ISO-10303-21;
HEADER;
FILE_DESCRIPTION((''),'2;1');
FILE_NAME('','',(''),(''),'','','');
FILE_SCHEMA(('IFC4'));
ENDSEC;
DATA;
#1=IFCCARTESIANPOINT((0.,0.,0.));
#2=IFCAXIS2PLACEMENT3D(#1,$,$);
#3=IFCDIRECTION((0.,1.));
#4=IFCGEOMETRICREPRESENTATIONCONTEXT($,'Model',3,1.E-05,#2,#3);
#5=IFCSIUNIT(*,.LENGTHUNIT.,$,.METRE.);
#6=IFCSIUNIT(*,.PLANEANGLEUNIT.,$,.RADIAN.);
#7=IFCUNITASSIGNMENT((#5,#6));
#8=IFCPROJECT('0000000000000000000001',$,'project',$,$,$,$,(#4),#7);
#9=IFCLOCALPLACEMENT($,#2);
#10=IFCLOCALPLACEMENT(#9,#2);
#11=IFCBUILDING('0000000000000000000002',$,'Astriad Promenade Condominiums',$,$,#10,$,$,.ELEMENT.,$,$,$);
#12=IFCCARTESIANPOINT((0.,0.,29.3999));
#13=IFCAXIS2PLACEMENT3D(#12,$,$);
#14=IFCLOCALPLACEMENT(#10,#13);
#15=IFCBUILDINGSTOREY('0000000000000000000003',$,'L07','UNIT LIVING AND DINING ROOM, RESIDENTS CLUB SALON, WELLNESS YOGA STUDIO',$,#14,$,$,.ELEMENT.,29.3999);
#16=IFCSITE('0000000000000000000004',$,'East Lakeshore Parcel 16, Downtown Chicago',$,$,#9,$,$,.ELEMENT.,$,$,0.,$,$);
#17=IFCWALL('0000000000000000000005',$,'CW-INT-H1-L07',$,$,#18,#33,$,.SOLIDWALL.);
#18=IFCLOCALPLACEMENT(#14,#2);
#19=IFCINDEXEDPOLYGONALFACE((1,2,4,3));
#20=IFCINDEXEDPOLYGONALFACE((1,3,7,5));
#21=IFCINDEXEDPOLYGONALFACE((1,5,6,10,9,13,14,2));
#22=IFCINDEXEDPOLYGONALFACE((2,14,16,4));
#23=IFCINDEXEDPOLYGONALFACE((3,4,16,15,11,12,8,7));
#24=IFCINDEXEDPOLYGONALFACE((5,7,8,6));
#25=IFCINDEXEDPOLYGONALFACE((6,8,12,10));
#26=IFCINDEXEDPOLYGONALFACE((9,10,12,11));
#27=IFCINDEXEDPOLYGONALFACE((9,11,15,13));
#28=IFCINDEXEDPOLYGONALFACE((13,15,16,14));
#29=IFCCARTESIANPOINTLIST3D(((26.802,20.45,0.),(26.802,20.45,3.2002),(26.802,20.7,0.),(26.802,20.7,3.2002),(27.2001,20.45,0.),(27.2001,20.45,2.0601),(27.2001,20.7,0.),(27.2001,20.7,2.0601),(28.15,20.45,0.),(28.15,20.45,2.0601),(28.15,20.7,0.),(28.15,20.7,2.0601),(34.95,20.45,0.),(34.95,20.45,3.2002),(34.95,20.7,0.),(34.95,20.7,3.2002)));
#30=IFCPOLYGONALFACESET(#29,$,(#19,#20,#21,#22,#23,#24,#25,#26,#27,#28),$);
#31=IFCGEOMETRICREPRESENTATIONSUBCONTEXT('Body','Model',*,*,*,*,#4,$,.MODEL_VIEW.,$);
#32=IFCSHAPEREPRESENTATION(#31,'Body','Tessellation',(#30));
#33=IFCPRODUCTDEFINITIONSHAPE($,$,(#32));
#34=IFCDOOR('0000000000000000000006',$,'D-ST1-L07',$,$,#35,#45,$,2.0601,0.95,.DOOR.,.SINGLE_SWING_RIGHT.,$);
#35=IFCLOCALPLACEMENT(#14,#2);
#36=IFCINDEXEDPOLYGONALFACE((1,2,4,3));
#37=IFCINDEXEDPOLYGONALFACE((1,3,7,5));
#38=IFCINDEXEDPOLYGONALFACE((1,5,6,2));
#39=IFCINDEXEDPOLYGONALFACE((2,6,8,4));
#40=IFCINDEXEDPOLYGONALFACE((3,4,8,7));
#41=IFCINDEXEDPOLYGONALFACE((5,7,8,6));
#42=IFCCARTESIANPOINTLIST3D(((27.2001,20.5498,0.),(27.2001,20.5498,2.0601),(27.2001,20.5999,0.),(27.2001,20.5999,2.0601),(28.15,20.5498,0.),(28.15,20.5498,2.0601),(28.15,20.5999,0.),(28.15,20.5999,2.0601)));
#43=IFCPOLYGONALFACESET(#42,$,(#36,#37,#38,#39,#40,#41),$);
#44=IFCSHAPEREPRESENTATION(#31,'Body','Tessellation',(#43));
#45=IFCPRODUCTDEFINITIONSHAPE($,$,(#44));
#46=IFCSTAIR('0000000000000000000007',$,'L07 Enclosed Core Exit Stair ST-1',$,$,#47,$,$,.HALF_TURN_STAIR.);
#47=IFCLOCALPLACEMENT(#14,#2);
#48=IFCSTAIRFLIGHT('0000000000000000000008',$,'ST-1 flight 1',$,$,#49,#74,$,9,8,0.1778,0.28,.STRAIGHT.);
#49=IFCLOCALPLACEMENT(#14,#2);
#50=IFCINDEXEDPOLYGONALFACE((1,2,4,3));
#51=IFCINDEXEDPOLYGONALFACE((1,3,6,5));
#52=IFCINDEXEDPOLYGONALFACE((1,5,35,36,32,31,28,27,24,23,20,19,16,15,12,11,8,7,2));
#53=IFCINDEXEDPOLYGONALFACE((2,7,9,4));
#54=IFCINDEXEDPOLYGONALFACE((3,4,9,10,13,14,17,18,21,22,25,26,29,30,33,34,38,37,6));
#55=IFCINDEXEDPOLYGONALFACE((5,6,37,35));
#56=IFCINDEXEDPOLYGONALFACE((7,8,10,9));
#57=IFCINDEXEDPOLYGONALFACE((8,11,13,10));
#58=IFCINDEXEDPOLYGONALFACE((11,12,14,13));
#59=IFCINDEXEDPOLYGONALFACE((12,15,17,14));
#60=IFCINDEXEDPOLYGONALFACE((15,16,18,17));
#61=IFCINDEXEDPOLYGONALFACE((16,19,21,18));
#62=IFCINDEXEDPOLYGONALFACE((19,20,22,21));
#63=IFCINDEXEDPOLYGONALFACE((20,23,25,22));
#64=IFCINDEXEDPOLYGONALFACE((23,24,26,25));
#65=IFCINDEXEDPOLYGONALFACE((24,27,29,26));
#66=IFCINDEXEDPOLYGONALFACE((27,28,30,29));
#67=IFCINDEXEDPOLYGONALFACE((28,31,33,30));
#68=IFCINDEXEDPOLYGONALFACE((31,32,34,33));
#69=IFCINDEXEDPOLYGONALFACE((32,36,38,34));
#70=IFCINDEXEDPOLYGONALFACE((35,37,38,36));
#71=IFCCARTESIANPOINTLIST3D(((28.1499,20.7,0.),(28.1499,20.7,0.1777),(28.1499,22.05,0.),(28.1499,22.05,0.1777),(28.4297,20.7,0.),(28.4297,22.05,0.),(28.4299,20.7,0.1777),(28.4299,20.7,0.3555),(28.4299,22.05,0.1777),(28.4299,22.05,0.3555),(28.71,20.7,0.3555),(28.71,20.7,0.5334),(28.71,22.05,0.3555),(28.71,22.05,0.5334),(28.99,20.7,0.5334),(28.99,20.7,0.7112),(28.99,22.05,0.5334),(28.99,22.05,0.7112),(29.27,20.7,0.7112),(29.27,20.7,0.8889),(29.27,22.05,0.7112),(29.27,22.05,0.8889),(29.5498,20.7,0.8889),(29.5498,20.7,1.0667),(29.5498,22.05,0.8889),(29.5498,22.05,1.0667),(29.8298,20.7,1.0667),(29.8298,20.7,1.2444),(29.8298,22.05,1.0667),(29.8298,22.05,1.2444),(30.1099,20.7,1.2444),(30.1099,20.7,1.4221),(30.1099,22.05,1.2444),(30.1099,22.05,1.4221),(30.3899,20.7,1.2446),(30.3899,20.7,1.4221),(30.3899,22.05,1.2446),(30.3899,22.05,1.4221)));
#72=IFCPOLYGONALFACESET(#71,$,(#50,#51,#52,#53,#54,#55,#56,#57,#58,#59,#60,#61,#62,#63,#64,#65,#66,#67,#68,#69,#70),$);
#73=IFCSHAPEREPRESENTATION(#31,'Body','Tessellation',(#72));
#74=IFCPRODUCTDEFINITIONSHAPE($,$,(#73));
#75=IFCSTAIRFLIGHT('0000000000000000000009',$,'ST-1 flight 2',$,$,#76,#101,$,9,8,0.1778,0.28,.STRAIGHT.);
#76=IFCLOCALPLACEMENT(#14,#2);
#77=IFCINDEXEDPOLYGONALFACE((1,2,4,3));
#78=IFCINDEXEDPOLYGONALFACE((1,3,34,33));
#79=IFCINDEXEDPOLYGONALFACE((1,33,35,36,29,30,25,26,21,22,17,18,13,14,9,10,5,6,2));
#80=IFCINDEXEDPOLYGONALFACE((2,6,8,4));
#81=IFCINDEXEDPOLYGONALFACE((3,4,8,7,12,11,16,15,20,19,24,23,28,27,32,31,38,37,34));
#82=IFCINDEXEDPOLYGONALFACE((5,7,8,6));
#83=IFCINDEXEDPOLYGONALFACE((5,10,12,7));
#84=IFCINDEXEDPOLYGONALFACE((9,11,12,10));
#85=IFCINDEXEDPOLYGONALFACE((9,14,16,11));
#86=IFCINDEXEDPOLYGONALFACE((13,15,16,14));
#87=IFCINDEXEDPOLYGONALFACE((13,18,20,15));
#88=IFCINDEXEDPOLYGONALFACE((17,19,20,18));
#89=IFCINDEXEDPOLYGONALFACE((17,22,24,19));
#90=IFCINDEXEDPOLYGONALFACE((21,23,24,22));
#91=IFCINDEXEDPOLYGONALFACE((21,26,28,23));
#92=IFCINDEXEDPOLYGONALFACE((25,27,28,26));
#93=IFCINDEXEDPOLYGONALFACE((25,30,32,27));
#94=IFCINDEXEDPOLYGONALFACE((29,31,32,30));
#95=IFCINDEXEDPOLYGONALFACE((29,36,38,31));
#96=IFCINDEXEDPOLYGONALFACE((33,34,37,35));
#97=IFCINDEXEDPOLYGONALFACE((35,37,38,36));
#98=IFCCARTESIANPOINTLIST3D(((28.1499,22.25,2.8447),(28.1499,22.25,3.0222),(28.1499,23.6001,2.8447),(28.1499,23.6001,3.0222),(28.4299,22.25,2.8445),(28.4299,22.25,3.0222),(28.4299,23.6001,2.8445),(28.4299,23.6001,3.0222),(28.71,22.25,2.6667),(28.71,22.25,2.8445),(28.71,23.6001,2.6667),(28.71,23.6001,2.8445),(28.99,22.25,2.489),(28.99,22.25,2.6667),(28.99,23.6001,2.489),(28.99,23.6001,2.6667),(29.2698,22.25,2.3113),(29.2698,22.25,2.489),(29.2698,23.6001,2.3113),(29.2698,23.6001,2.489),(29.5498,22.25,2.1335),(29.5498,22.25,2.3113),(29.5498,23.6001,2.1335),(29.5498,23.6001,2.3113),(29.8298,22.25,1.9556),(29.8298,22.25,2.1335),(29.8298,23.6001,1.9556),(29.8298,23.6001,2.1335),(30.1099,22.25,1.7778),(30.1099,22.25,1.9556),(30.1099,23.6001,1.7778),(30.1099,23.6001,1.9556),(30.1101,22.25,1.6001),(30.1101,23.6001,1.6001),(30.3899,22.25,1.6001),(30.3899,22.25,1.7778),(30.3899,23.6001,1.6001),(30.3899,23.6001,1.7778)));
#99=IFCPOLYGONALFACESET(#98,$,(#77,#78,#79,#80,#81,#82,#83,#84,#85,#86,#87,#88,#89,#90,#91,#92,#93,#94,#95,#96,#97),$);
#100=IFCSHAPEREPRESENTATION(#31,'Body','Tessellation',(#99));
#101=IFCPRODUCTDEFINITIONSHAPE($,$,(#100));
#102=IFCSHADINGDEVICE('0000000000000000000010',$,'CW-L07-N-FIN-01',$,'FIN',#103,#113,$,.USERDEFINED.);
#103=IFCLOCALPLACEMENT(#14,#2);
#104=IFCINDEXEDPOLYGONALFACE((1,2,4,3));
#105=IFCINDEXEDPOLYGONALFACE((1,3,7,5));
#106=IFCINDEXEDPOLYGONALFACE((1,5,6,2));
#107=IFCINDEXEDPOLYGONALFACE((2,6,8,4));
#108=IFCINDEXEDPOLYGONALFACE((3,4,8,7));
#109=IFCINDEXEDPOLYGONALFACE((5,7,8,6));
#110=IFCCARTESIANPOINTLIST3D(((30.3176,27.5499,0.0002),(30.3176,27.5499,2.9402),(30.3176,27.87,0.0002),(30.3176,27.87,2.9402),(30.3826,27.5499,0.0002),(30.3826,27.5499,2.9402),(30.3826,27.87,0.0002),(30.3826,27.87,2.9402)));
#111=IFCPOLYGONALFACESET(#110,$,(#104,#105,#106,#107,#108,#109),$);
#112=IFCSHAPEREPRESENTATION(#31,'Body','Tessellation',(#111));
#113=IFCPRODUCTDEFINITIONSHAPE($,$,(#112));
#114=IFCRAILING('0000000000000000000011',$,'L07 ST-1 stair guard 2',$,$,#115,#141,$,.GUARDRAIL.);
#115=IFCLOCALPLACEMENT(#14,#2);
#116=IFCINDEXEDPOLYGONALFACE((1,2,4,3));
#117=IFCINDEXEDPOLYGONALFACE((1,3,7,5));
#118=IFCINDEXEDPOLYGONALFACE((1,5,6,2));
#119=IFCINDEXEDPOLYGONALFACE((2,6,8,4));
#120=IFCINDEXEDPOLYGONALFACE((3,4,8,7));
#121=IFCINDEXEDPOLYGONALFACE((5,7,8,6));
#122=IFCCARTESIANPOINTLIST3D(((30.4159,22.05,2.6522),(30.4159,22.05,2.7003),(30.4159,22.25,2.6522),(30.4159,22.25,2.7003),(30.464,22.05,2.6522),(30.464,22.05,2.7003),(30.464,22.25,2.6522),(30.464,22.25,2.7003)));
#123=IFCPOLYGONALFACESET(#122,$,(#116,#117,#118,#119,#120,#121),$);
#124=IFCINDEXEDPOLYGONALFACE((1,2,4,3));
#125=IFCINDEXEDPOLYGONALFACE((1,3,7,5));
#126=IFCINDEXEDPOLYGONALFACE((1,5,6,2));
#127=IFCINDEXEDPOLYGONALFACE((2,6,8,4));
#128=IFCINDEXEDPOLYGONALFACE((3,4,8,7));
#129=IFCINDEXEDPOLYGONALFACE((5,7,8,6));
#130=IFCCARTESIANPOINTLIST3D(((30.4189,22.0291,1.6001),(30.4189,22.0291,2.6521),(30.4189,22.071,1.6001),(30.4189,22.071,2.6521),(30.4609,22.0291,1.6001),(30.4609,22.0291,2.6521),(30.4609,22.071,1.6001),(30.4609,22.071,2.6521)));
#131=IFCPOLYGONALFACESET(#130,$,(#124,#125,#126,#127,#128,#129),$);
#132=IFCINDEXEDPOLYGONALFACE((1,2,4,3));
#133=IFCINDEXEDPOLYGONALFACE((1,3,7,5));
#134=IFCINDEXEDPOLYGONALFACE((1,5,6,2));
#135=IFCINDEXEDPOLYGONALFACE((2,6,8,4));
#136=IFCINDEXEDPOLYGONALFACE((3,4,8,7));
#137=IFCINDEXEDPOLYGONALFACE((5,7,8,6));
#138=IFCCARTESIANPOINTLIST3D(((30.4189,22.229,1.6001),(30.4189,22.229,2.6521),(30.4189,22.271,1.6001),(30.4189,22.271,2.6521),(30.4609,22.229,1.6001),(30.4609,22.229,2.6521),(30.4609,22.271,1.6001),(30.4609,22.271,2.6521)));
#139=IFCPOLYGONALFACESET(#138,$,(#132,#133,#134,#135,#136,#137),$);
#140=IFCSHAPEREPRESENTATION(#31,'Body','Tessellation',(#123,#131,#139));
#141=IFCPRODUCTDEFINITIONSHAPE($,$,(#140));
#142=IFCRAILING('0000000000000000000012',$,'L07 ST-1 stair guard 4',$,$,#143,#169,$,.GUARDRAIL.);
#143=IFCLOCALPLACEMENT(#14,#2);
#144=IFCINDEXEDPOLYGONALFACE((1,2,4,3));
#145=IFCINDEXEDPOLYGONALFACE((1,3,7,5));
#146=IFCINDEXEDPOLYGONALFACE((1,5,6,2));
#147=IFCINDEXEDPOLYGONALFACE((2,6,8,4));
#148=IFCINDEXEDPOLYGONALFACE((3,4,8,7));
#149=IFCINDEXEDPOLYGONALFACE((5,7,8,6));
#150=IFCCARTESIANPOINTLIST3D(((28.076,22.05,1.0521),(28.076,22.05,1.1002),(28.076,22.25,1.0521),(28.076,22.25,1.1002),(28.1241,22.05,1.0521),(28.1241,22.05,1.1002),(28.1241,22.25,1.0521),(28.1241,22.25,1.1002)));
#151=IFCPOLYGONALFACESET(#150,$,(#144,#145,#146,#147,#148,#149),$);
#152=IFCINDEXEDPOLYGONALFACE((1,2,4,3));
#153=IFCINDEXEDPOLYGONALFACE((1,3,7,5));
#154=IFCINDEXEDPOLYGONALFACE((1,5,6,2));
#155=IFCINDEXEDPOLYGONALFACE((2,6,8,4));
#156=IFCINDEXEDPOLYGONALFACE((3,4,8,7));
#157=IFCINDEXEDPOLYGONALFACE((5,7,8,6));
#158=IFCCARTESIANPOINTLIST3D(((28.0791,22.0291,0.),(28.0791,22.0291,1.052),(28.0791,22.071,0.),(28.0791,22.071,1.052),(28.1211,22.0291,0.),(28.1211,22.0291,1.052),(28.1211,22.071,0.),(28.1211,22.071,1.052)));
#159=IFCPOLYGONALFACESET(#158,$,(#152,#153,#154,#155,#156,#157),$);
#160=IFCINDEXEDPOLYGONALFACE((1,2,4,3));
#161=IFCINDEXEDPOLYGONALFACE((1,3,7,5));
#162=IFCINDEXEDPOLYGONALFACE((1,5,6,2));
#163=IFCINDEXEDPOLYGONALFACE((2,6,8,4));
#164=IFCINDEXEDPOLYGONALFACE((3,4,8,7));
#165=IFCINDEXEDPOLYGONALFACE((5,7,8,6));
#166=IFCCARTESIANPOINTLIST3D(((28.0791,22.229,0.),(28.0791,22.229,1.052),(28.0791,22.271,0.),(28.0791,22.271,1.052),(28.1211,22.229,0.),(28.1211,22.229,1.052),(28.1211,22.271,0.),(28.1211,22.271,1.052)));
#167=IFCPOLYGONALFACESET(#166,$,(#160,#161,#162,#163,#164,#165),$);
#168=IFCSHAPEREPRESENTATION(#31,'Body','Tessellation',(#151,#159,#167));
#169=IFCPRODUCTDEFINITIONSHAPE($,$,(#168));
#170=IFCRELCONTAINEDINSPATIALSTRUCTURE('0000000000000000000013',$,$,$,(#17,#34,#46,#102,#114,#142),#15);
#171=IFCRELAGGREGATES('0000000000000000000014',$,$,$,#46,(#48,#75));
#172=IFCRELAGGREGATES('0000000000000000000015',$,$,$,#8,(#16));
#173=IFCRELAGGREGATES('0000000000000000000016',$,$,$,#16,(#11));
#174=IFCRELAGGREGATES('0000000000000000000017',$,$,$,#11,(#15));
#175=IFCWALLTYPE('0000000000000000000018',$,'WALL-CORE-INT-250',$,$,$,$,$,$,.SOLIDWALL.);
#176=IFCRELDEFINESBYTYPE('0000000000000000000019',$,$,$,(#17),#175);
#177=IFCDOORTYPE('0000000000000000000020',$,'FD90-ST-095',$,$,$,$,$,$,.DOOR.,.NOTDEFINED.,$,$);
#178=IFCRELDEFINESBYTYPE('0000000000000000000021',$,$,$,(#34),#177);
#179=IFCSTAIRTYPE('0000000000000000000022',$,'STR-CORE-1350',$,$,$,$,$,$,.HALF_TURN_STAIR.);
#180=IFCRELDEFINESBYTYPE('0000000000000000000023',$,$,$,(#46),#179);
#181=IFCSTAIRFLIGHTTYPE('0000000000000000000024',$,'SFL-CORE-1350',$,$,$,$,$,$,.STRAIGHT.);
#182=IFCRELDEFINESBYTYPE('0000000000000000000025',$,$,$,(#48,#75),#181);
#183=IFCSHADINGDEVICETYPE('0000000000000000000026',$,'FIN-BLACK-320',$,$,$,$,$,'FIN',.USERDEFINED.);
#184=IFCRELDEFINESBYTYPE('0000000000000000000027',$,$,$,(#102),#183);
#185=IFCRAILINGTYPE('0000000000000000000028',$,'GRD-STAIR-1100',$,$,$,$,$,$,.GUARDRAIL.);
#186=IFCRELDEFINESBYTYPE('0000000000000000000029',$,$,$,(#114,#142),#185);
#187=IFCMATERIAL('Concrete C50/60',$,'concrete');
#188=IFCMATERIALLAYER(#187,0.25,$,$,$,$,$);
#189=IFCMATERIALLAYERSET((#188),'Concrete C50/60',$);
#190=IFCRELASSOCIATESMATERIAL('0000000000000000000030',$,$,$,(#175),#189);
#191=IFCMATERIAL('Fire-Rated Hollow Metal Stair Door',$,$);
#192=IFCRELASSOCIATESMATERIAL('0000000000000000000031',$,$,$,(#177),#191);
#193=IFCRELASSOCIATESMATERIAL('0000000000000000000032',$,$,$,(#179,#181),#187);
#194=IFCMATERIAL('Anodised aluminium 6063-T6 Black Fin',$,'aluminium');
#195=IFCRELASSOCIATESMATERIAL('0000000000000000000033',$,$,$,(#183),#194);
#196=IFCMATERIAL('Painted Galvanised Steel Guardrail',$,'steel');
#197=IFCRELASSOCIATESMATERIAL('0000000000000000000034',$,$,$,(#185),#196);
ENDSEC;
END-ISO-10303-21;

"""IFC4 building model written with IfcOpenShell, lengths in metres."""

from ifc_helpers import new_model, si_unit, direction, frame, frame_2d, origin, origin_2d, place, context, subcontext, project, spatial, polyline, rectangle, outline, extrude, source, transform, mapped, material, layer, layer_set, type_object, type_shapes, element, fill, aggregate, save


model = new_model("IFC4")

# Units and contexts
model_context = context("Model", 3, precision=1e-05, world=origin(), true_north=direction((0.0, 1.0)))
body_context = subcontext(model_context, "Body", "Model", "MODEL_VIEW")
ifc_project = project(units=[si_unit("LENGTHUNIT", "METRE"), si_unit("PLANEANGLEUNIT", "RADIAN")], contexts=[model_context])

# Site, building, storey
site_placement = place(None, origin())
site = spatial("IfcSite", under=ifc_project, at=site_placement, Name="East Lakeshore Parcel 16, Downtown Chicago", CompositionType="ELEMENT", RefElevation=0.0)
building_placement = place(site_placement, origin())
building = spatial("IfcBuilding", under=site, at=building_placement, Name="Astriad Promenade Condominiums", CompositionType="ELEMENT")
storey_placement = place(building_placement, frame((0.0, 0.0, 29.3999)))
storey = spatial("IfcBuildingStorey", under=building, at=storey_placement, Name="L07", Description="UNIT LIVING AND DINING ROOM, RESIDENTS CLUB SALON, WELLNESS YOGA STUDIO", CompositionType="ELEMENT", Elevation=29.3999)

# Wall, opening, door
ifc_material_1 = material(Name="Concrete C50/60", Category="concrete")
ifc_layer_1 = layer(ifc_material_1, 0.25)
ifc_layer_set_1 = layer_set([ifc_layer_1], Name="Concrete C50/60")
wall_type = type_object("IfcWallType", Name="WALL-CORE-INT-250", PredefinedType="SOLIDWALL", material=ifc_layer_set_1)
wall_placement = place(storey_placement, frame((26.802, 20.575, 0.0), z_axis=(0.0, 0.0, 1.0), x_axis=(1.0, 0.0, 0.0)))
wall = element("IfcWall", 1, at=wall_placement, inside=storey, type_object=wall_type, Name="CW-INT-H1-L07", PredefinedType="SOLIDWALL", context=body_context, shape_type="SweptSolid", body=[
    extrude(rectangle(XDim=8.1479, YDim=0.25, at=frame_2d((4.074, 0.0))), origin(), (0.0, 0.0, 1.0), 3.2002),
])
opening_placement = place(wall_placement, frame((0.3979, 0.0, 0.0)))
opening = element("IfcOpeningElement", 2, at=opening_placement, cuts=wall, PredefinedType="OPENING", context=body_context, shape_type="SweptSolid", body=[
    extrude(rectangle(XDim=0.95, YDim=2.0601, at=frame_2d((0.4751, 1.03))), frame((0.0, 0.135, 0.0), z_axis=(0.0, -1.0, 0.0), x_axis=(1.0, 0.0, 0.0)), (0.0, 0.0, 1.0), 0.27),
])
ifc_material_2 = material(Name="Fire-Rated Hollow Metal Stair Door")
door_type = type_object("IfcDoorType", Name="FD90-ST-095", OperationType="NOTDEFINED", PredefinedType="DOOR", material=ifc_material_2)
shared_shape_1 = source(origin(), body_context, "Body", "SweptSolid", [
    extrude(rectangle(XDim=0.95, YDim=2.0601, at=frame_2d((0.4751, 1.03))), frame((0.0, 0.0249, 0.0), z_axis=(0.0, -1.0, 0.0), x_axis=(1.0, 0.0, 0.0)), (0.0, 0.0, 1.0), 0.05),
])
type_shapes(door_type, [shared_shape_1])
door_placement = place(opening_placement, origin())
door = element("IfcDoor", 3, at=door_placement, inside=storey, type_object=door_type, Name="D-ST1-L07", OperationType="SINGLE_SWING_RIGHT", OverallHeight=2.0601, OverallWidth=0.95, PredefinedType="DOOR", context=body_context, shape_type="MappedRepresentation", body=[
    mapped(shared_shape_1, transform((0.0, 0.0, 0.0), scale=1.0)),
])
fill(opening, door)

# Stair, stair flights
stair_type = type_object("IfcStairType", Name="STR-CORE-1350", PredefinedType="HALF_TURN_STAIR", material=ifc_material_1)
stair_placement = place(storey_placement, origin())
stair = element("IfcStair", 4, at=stair_placement, inside=storey, type_object=stair_type, Name="L07 Enclosed Core Exit Stair ST-1", PredefinedType="HALF_TURN_STAIR")
stair_flight_type = type_object("IfcStairFlightType", Name="SFL-CORE-1350", PredefinedType="STRAIGHT", material=ifc_material_1)
shared_shape_2 = source(origin(), body_context, "Body", "SweptSolid", [
    extrude(outline(polyline([(0.0, 0.0), (0.0, 0.1777), (0.28, 0.1777), (0.28, 0.3555), (0.5601, 0.3555), (0.5601, 0.5334), (0.8401, 0.5334), (0.8401, 0.7112), (1.1201, 0.7112), (1.1201, 0.8889), (1.3999, 0.8889), (1.3999, 1.0667), (1.6799, 1.0667), (1.6799, 1.2444), (1.96, 1.2444), (1.96, 1.4221), (2.24, 1.4221), (2.24, 1.6001), (2.24, 1.2446), (0.2798, 0.0), (0.0, 0.0)])), frame((0.0, 0.675, 0.0), z_axis=(0.0, -1.0, 0.0), x_axis=(1.0, 0.0, 0.0)), (0.0, 0.0, 1.0), 1.3501),
])
type_shapes(stair_flight_type, [shared_shape_2])
stair_flight_1_placement = place(storey_placement, frame((28.1499, 21.375, 0.0), z_axis=(0.0, 0.0, 1.0), x_axis=(1.0, 0.0, 0.0)))
stair_flight_1 = element("IfcStairFlight", 5, at=stair_flight_1_placement, type_object=stair_flight_type, Name="ST-1 flight 1", NumberOfRisers=9, NumberOfTreads=8, PredefinedType="STRAIGHT", RiserHeight=0.1778, TreadLength=0.28, context=body_context, shape_type="MappedRepresentation", body=[
    mapped(shared_shape_2, transform((0.0, 0.0, 0.0), scale=1.0)),
])
stair_flight_2_placement = place(storey_placement, frame((30.3899, 22.925, 1.6001), z_axis=(0.0, 0.0, 1.0), x_axis=(-1.0, 0.0, 0.0)))
stair_flight_2 = element("IfcStairFlight", 6, at=stair_flight_2_placement, type_object=stair_flight_type, Name="ST-1 flight 2", NumberOfRisers=9, NumberOfTreads=8, PredefinedType="STRAIGHT", RiserHeight=0.1778, TreadLength=0.28, context=body_context, shape_type="MappedRepresentation", body=[
    mapped(shared_shape_2, transform((0.0, 0.0, 0.0), scale=1.0)),
])
aggregate(stair, [stair_flight_1, stair_flight_2])

# Shading device
ifc_material_3 = material(Name="Anodised aluminium 6063-T6 Black Fin", Category="aluminium")
shading_device_type = type_object("IfcShadingDeviceType", Name="FIN-BLACK-320", ElementType="FIN", PredefinedType="USERDEFINED", material=ifc_material_3)
shared_shape_3 = source(origin(), body_context, "Body", "SweptSolid", [
    extrude(rectangle(XDim=0.0649, YDim=0.3201, at=origin_2d()), origin(), (0.0, 0.0, 1.0), 2.9399),
])
type_shapes(shading_device_type, [shared_shape_3])
shading_device_placement = place(storey_placement, frame((30.3501, 27.71, 0.0002), z_axis=(0.0, 0.0, 1.0), x_axis=(1.0, 0.0, 0.0)))
element("IfcShadingDevice", 7, at=shading_device_placement, inside=storey, type_object=shading_device_type, Name="CW-L07-N-FIN-01", ObjectType="FIN", PredefinedType="USERDEFINED", context=body_context, shape_type="MappedRepresentation", body=[
    mapped(shared_shape_3, transform((0.0, 0.0, 0.0), scale=1.0)),
])

# Railings
ifc_material_4 = material(Name="Painted Galvanised Steel Guardrail", Category="steel")
railing_type_1 = type_object("IfcRailingType", Name="GRD-STAIR-1100", PredefinedType="GUARDRAIL", material=ifc_material_4)
shared_shape_4 = source(origin(), body_context, "Body", "SweptSolid", [
    extrude(rectangle(XDim=0.0481, YDim=0.0481, at=origin_2d()), frame((0.0, 0.0, 1.0762), z_axis=(0.0, 1.0, 0.0), x_axis=(-1.0, 0.0, 0.0)), (0.0, 0.0, 1.0), 0.2),
    extrude(rectangle(XDim=0.042, YDim=0.042, at=origin_2d()), origin(), (0.0, 0.0, 1.0), 1.052),
    extrude(rectangle(XDim=0.042, YDim=0.042, at=origin_2d()), frame((0.0, 0.2, 0.0)), (0.0, 0.0, 1.0), 1.052),
])
for number, where, name in (
    (8, (30.4399, 22.05, 1.6001), "L07 ST-1 stair guard 2"),
    (9, (28.1001, 22.05, 0.0), "L07 ST-1 stair guard 4"),
):
    element("IfcRailing", number, at=place(storey_placement, frame(where)), inside=storey, type_object=railing_type_1, Name=name, PredefinedType="GUARDRAIL", context=body_context, shape_type="MappedRepresentation", body=[
        mapped(shared_shape_4, transform((0.0, 0.0, 0.0), scale=1.0)),
    ])

save(model, "model.ifc")
